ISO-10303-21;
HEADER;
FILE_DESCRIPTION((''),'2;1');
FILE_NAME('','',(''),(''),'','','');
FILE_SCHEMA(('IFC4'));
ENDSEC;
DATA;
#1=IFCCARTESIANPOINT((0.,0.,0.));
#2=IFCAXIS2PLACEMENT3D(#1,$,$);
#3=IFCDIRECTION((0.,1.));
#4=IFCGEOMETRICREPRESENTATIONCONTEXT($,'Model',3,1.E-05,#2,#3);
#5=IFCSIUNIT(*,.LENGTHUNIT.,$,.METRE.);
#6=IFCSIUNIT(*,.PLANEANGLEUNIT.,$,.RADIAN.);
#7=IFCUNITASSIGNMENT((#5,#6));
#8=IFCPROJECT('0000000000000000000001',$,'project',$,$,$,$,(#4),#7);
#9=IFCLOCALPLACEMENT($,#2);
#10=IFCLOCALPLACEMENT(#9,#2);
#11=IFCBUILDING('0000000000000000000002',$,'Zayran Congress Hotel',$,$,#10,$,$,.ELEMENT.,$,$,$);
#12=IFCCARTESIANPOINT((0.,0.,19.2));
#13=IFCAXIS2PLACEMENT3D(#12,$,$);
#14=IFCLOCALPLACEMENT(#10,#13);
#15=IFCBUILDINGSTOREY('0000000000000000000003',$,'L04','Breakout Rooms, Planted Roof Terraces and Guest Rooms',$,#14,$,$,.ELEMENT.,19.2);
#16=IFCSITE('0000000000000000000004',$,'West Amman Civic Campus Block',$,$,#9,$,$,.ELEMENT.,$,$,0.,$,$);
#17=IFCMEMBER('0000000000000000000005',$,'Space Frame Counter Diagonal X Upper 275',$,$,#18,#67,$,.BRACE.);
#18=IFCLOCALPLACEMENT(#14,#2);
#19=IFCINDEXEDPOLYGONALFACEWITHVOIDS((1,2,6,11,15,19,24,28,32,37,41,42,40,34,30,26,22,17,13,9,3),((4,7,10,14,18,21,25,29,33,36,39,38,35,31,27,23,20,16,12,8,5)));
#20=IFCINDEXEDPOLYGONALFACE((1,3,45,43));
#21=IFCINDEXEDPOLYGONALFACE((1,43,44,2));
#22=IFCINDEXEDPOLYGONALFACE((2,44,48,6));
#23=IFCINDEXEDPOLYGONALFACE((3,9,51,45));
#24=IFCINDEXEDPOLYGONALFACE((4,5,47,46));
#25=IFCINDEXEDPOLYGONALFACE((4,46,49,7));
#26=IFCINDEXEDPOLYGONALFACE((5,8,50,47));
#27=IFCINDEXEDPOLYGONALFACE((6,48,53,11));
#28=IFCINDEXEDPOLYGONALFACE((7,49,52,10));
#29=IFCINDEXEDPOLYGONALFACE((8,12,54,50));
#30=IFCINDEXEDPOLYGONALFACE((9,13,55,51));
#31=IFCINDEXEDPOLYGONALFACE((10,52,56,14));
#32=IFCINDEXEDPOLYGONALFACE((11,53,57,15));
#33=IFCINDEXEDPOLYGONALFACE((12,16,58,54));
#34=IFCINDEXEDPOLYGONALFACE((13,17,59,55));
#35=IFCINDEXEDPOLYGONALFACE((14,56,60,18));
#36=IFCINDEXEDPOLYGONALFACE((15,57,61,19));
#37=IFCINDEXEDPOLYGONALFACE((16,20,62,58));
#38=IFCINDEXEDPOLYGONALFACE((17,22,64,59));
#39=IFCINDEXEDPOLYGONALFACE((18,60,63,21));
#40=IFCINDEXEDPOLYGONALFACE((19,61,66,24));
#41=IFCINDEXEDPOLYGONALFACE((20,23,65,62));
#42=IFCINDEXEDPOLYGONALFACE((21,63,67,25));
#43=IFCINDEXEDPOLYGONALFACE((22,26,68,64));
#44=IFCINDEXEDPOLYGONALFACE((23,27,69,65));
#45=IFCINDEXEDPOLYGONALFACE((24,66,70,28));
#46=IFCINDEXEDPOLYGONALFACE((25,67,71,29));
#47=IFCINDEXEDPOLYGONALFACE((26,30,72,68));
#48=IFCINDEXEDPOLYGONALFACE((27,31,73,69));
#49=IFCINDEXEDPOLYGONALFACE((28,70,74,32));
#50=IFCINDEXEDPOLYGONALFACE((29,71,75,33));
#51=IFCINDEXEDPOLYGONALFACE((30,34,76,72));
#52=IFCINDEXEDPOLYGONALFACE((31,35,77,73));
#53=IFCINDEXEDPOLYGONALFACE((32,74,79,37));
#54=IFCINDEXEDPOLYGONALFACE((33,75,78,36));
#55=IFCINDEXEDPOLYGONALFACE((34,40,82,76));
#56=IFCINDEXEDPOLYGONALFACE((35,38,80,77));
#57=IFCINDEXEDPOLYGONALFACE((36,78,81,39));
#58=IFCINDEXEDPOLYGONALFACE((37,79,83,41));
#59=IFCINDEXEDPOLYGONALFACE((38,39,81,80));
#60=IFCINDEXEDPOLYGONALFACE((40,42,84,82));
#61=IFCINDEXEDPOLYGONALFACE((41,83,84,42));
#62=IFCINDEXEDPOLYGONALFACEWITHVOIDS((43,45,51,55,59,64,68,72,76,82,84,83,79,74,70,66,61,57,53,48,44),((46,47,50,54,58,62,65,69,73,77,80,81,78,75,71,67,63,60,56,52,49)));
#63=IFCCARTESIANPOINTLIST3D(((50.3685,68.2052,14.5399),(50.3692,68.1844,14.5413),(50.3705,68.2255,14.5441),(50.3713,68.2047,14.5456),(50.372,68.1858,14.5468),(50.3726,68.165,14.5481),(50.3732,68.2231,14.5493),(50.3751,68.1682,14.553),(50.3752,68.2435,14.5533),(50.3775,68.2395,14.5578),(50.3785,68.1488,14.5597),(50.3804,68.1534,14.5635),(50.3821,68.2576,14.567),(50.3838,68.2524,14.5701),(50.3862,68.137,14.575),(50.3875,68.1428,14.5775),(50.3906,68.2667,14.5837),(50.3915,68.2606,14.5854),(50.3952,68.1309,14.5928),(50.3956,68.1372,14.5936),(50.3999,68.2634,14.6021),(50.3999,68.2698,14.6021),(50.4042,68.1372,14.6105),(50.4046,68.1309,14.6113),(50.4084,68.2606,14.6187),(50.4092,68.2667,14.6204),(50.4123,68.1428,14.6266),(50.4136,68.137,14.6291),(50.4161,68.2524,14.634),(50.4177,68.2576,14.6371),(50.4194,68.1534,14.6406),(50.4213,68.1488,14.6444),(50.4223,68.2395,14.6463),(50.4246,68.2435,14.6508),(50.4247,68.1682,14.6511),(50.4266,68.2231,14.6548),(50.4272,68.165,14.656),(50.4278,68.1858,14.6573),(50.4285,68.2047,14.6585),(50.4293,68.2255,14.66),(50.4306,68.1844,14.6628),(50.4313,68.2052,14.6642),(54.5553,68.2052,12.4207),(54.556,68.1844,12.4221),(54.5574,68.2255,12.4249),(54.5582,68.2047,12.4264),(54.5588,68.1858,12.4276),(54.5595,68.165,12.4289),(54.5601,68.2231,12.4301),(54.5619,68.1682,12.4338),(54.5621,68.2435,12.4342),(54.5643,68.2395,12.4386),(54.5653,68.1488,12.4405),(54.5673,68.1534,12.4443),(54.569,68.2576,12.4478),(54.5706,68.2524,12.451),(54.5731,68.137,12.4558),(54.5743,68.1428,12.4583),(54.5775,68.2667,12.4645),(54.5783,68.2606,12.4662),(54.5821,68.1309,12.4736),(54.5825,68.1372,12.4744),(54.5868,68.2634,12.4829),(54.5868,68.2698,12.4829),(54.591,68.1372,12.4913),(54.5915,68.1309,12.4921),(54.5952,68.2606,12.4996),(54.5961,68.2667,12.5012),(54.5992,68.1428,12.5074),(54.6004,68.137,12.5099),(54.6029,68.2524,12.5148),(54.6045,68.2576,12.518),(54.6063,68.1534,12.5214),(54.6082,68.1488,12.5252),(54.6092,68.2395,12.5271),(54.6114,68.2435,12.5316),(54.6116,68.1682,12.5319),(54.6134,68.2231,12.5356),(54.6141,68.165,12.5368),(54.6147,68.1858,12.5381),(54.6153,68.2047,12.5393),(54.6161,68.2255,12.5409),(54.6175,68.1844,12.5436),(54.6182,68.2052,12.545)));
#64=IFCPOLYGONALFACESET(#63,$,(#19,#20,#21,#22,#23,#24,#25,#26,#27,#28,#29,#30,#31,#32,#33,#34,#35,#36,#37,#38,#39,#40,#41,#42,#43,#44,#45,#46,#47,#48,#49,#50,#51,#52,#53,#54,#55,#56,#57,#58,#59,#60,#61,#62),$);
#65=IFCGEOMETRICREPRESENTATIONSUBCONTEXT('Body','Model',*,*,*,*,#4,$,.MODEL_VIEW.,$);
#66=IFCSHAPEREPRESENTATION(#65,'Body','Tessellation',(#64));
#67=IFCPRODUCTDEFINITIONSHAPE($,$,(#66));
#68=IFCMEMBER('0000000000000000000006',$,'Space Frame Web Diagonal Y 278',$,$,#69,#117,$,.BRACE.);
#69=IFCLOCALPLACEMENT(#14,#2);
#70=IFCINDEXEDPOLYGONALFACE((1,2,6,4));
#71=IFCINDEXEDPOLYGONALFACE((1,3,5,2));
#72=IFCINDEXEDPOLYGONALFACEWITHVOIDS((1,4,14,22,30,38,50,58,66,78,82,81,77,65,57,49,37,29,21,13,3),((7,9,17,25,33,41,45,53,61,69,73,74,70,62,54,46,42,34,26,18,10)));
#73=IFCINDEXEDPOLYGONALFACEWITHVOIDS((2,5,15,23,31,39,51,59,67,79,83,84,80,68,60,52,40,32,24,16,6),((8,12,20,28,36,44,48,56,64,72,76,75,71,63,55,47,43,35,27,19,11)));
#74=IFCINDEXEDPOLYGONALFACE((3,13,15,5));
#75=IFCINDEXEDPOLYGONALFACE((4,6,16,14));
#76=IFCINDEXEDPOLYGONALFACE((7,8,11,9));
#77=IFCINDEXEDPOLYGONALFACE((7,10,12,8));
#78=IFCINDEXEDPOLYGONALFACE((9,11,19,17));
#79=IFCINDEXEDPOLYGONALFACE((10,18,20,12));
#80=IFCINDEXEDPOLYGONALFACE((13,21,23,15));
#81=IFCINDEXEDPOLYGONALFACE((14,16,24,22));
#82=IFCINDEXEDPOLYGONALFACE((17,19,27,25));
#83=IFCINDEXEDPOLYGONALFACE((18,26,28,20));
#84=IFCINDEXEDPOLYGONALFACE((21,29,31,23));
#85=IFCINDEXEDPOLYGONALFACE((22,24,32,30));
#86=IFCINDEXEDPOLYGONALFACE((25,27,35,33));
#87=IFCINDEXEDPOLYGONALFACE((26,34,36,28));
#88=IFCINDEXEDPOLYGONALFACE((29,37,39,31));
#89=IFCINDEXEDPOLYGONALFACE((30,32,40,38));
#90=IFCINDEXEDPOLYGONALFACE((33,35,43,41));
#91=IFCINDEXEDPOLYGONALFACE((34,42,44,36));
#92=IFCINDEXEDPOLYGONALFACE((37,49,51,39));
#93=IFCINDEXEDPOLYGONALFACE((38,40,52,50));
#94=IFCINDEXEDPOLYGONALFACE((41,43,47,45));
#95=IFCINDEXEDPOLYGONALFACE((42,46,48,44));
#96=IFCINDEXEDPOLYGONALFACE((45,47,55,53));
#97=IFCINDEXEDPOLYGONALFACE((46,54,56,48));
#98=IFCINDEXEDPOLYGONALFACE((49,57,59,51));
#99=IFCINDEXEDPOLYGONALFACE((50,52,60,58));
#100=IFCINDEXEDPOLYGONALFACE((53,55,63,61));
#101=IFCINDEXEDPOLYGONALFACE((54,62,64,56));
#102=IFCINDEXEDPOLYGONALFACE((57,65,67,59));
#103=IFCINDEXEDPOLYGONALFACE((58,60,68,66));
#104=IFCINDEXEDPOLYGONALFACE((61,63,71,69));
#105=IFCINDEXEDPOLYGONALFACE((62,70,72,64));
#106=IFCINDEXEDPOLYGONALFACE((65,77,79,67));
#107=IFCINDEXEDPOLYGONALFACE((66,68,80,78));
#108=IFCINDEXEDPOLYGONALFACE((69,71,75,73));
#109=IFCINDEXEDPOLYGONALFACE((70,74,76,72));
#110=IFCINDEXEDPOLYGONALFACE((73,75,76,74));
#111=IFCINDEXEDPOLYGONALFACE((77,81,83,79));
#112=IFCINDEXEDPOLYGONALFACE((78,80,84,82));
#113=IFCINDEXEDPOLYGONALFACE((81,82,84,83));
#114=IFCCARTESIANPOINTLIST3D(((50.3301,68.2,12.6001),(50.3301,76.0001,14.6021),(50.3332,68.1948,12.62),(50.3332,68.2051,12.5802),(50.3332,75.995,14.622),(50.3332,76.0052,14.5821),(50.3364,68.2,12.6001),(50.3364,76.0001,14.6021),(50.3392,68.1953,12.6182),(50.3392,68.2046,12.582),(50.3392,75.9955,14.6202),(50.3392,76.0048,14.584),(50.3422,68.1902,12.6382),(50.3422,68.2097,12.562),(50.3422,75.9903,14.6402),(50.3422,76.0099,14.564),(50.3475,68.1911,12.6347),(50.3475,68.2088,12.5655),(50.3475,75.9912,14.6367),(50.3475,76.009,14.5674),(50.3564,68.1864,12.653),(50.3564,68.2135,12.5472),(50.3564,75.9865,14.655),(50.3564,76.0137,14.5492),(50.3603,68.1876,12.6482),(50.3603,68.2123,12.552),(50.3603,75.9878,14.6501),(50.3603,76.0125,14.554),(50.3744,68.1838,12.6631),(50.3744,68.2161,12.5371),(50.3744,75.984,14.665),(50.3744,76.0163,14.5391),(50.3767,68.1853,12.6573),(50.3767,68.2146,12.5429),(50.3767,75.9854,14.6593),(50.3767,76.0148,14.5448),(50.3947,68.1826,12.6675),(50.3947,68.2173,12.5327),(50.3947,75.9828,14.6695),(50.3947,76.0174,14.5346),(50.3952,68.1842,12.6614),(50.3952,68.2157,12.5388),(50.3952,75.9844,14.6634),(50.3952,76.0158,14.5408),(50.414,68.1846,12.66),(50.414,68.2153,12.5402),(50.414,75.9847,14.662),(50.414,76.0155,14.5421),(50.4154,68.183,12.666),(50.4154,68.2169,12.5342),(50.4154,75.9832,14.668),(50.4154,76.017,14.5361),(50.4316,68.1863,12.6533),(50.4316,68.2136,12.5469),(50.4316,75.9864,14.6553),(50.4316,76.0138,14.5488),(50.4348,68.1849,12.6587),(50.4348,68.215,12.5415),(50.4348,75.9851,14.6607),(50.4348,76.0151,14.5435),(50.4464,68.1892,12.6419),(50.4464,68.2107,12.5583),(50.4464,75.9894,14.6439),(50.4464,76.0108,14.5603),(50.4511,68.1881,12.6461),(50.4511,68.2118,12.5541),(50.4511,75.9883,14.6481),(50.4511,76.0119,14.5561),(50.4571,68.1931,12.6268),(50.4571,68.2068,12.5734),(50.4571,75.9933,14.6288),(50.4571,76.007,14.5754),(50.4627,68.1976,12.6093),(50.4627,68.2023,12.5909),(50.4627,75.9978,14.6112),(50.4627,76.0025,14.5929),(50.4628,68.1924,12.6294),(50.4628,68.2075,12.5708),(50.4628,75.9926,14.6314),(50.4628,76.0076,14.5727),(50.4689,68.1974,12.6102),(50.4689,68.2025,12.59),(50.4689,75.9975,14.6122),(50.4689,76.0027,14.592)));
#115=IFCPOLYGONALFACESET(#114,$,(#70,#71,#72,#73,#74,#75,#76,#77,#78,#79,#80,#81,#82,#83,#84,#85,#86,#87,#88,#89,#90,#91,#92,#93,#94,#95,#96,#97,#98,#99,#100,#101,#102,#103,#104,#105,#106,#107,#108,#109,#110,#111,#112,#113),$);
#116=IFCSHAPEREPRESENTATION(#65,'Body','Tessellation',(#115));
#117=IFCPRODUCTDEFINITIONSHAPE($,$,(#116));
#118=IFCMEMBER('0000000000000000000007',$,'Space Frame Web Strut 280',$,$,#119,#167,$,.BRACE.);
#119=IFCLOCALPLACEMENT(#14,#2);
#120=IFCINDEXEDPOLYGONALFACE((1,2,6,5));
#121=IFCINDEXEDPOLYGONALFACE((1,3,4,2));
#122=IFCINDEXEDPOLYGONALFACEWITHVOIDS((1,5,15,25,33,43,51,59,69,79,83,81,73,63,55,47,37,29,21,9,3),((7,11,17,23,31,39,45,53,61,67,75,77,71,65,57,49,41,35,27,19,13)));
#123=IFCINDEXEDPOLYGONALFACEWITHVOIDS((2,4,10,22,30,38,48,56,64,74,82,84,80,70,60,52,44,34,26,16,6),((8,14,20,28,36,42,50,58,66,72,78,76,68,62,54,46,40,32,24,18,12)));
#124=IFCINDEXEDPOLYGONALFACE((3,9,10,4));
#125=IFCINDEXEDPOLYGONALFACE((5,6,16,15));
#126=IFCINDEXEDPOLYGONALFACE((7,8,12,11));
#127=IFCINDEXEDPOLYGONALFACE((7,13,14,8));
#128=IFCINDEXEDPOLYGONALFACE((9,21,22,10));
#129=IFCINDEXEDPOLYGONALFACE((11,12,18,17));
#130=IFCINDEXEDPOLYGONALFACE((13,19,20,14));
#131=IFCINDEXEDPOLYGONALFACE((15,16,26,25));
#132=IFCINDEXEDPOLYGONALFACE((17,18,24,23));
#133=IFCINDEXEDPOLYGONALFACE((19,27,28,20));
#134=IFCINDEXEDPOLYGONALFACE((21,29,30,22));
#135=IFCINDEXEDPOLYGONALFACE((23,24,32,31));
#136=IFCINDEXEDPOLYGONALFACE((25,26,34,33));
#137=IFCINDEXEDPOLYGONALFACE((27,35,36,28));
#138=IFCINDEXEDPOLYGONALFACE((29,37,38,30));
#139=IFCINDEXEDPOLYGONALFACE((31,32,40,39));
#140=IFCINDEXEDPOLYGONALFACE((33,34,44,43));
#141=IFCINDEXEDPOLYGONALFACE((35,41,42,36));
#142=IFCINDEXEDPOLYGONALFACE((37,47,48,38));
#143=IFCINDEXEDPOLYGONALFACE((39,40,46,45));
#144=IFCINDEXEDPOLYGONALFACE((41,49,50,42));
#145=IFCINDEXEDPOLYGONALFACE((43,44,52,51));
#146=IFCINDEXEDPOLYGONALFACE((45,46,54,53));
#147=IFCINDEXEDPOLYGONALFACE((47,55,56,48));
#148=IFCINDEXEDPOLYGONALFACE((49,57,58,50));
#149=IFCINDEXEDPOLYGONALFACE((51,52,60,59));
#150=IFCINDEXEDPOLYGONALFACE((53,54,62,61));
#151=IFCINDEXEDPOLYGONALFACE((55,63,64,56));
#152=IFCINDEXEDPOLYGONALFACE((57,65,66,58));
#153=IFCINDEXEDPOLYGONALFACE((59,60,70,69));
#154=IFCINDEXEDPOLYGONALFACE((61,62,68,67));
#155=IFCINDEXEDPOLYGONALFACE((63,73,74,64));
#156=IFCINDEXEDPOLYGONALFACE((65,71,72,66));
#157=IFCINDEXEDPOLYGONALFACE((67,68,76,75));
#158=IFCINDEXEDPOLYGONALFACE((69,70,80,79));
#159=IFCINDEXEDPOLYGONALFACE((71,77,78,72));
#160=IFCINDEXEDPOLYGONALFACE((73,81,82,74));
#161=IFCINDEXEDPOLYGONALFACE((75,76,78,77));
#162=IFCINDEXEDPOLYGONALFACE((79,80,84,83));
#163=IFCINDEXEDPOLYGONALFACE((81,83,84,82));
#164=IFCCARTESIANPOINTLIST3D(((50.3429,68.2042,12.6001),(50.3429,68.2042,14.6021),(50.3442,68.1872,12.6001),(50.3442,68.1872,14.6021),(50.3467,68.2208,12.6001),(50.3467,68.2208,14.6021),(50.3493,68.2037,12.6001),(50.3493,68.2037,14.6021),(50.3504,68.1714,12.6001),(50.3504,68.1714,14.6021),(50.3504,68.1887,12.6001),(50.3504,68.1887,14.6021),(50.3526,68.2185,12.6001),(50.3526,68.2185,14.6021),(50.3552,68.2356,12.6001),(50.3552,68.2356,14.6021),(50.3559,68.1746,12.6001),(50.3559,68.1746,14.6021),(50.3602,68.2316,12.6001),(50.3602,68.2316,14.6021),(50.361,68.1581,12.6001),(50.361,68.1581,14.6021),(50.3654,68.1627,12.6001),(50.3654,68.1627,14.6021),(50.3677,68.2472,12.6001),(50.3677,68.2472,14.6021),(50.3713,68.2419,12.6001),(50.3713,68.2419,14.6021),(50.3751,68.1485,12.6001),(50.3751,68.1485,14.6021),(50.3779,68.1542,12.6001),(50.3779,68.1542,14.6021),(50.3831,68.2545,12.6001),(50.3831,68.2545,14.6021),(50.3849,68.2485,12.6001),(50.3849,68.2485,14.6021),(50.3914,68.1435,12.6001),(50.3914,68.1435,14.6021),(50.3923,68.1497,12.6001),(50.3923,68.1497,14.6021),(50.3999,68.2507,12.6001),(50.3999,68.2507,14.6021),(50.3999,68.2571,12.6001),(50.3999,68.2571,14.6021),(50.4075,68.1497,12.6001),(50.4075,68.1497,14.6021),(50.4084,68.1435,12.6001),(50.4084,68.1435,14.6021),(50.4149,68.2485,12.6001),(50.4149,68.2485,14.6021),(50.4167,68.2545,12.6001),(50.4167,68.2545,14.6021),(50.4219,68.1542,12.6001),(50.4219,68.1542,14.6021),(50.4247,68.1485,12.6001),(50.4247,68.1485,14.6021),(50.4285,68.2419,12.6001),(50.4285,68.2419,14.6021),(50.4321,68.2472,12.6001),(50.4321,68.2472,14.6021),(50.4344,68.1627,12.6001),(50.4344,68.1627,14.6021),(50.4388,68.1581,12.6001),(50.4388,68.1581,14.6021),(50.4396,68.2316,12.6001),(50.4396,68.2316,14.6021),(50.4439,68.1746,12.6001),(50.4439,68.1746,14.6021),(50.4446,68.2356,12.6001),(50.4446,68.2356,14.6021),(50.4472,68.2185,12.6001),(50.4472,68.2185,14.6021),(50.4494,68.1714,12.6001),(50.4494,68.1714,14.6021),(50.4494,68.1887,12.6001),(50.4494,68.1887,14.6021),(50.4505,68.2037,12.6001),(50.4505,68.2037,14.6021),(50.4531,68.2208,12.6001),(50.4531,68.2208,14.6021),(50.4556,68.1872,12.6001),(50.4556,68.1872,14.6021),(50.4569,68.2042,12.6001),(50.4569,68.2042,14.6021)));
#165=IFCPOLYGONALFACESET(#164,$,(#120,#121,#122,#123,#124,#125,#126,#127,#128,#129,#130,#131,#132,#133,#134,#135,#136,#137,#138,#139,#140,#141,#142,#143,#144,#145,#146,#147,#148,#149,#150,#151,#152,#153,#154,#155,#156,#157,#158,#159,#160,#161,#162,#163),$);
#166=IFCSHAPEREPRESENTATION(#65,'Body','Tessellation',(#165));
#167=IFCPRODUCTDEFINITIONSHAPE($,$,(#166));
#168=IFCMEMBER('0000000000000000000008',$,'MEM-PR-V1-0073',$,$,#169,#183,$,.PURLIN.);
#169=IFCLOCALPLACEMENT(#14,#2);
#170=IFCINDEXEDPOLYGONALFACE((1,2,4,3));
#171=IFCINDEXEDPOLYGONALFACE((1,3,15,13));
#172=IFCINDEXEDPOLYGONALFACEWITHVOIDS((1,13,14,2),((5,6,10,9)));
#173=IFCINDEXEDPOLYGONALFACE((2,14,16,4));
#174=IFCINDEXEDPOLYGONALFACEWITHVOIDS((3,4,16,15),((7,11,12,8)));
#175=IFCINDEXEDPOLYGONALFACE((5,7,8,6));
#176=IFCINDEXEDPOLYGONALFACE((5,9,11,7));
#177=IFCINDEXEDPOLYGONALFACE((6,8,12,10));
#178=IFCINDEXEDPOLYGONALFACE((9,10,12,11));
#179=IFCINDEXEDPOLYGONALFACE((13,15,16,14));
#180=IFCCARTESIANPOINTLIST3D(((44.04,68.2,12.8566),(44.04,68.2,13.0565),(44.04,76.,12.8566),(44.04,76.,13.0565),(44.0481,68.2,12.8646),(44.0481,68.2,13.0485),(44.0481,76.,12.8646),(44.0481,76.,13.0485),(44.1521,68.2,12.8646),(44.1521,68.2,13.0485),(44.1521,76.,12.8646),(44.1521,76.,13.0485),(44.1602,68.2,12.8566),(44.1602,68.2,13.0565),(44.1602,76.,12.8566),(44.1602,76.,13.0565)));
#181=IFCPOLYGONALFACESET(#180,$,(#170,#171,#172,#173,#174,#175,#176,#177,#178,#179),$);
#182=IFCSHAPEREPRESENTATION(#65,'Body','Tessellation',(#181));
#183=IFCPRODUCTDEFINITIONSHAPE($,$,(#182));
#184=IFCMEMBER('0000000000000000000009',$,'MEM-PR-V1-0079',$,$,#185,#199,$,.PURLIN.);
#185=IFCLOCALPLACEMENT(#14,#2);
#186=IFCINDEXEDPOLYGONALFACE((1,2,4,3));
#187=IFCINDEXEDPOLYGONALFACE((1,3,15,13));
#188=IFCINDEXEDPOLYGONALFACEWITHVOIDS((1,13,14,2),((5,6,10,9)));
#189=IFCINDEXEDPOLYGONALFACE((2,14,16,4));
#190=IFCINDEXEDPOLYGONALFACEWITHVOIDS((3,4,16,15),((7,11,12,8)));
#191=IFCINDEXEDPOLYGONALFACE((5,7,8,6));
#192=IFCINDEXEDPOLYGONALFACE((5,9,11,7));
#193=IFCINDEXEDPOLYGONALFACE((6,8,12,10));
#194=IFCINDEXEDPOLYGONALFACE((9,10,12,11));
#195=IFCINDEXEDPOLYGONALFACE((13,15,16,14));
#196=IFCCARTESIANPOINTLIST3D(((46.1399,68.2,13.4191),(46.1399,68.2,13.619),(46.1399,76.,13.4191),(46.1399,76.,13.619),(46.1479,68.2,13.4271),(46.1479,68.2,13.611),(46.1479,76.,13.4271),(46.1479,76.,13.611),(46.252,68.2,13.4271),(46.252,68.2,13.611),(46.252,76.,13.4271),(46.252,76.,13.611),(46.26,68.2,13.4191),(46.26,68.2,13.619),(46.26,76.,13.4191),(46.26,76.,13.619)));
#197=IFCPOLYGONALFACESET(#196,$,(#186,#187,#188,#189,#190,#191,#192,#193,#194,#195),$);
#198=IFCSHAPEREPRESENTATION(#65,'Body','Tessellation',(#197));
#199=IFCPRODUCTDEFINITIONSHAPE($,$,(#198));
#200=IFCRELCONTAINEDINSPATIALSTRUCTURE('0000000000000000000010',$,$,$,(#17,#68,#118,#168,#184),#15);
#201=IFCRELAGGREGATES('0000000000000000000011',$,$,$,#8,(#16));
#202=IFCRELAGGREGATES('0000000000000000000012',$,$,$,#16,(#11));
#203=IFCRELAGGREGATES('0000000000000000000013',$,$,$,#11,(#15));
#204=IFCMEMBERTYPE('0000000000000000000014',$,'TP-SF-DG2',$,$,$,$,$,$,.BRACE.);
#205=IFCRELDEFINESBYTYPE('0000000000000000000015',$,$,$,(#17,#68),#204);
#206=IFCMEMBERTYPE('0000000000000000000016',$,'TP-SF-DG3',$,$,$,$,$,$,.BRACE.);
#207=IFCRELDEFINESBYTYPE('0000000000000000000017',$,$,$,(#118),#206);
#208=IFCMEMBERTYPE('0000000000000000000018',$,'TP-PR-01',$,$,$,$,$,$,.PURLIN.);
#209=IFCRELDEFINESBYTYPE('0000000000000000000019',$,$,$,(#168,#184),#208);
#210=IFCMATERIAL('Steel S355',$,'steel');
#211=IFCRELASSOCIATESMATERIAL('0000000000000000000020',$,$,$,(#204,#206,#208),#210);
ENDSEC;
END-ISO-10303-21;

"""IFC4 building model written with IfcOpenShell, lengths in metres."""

from ifc_helpers import new_model, si_unit, direction, frame, origin, origin_2d, place, context, subcontext, project, spatial, hollow_rectangle, hollow_circle, extrude, material, material_profile, profile_set, type_object, element, save


model = new_model("IFC4")

# Units and contexts
model_context = context("Model", 3, precision=1e-05, world=origin(), true_north=direction((0.0, 1.0)))
body_context = subcontext(model_context, "Body", "Model", "MODEL_VIEW")
ifc_project = project(units=[si_unit("LENGTHUNIT", "METRE"), si_unit("PLANEANGLEUNIT", "RADIAN")], contexts=[model_context])

# Site, building, storey
site_placement = place(None, origin())
site = spatial("IfcSite", under=ifc_project, at=site_placement, Name="West Amman Civic Campus Block", CompositionType="ELEMENT", RefElevation=0.0)
building_placement = place(site_placement, origin())
building = spatial("IfcBuilding", under=site, at=building_placement, Name="Zayran Congress Hotel", CompositionType="ELEMENT")
storey_placement = place(building_placement, frame((0.0, 0.0, 19.2)))
storey = spatial("IfcBuildingStorey", under=building, at=storey_placement, Name="L04", Description="Breakout Rooms, Planted Roof Terraces and Guest Rooms", CompositionType="ELEMENT", Elevation=19.2)

# Members
ifc_material_1 = material(Name="Steel S355", Category="steel")
ifc_material_profile_1 = material_profile(ifc_material_1, hollow_circle(Radius=0.0698, WallThickness=0.0063, at=origin_2d()), Name="CHS 139.7x6.3")
ifc_profile_set_1 = profile_set([ifc_material_profile_1], Name="Steel S355")
member_type_1 = type_object("IfcMemberType", Name="TP-SF-DG2", PredefinedType="BRACE", material=ifc_profile_set_1)
member_1_placement = place(storey_placement, frame((50.3999, 68.2, 14.6021), z_axis=(0.892221, 0.0, -0.451599), x_axis=(0.0, 1.0, 0.0)))
element("IfcMember", 1, at=member_1_placement, inside=storey, type_object=member_type_1, Name="Space Frame Counter Diagonal X Upper 275", PredefinedType="BRACE", context=body_context, shape_type="SweptSolid", body=[
    extrude(hollow_circle(Radius=0.0698, WallThickness=0.0063, at=origin_2d()), origin(), (0.0, 0.0, 1.0), 4.6926),
])
member_2_placement = place(storey_placement, frame((50.3999, 68.2, 12.6001), z_axis=(0.0, 0.968606, 0.248601), x_axis=(-1.0, 0.0, 0.0)))
element("IfcMember", 2, at=member_2_placement, inside=storey, type_object=member_type_1, Name="Space Frame Web Diagonal Y 278", PredefinedType="BRACE", context=body_context, shape_type="SweptSolid", body=[
    extrude(hollow_circle(Radius=0.0698, WallThickness=0.0063, at=origin_2d()), origin(), (0.0, 0.0, 1.0), 8.053),
])
ifc_material_profile_2 = material_profile(ifc_material_1, hollow_circle(Radius=0.0571, WallThickness=0.0063, at=origin_2d()), Name="CHS 114.3x6.3")
ifc_profile_set_2 = profile_set([ifc_material_profile_2], Name="Steel S355")
member_type_2 = type_object("IfcMemberType", Name="TP-SF-DG3", PredefinedType="BRACE", material=ifc_profile_set_2)
member_3_placement = place(storey_placement, frame((50.3999, 68.2, 12.6001), z_axis=(0.0, 0.0, 1.0), x_axis=(0.0, 1.0, 0.0)))
element("IfcMember", 3, at=member_3_placement, inside=storey, type_object=member_type_2, Name="Space Frame Web Strut 280", PredefinedType="BRACE", context=body_context, shape_type="SweptSolid", body=[
    extrude(hollow_circle(Radius=0.0571, WallThickness=0.0063, at=origin_2d()), origin(), (0.0, 0.0, 1.0), 2.002),
])
ifc_material_profile_3 = material_profile(ifc_material_1, hollow_rectangle(XDim=0.1201, YDim=0.2, WallThickness=0.0081, at=origin_2d()), Name="RHS 200x120x8")
ifc_profile_set_3 = profile_set([ifc_material_profile_3], Name="Steel S355")
member_type_3 = type_object("IfcMemberType", Name="TP-PR-01", PredefinedType="PURLIN", material=ifc_profile_set_3)
for number, where, z_axis, x_axis, name in (
    (4, (44.1001, 68.2, 12.9565), (0.0, 1.0, 0.0), (-1.0, 0.0, 0.0), "MEM-PR-V1-0073"),
    (5, (46.2, 68.2, 13.519), (0.0, 1.0, 0.0), (-1.0, 0.0, 0.0), "MEM-PR-V1-0079"),
):
    element("IfcMember", number, at=place(storey_placement, frame(where, z_axis=z_axis, x_axis=x_axis)), inside=storey, type_object=member_type_3, Name=name, PredefinedType="PURLIN", context=body_context, shape_type="SweptSolid", body=[
        extrude(hollow_rectangle(XDim=0.1201, YDim=0.2, WallThickness=0.0081, at=origin_2d()), origin(), (0.0, 0.0, 1.0), 7.8),
    ])

save(model, "model.ifc")
